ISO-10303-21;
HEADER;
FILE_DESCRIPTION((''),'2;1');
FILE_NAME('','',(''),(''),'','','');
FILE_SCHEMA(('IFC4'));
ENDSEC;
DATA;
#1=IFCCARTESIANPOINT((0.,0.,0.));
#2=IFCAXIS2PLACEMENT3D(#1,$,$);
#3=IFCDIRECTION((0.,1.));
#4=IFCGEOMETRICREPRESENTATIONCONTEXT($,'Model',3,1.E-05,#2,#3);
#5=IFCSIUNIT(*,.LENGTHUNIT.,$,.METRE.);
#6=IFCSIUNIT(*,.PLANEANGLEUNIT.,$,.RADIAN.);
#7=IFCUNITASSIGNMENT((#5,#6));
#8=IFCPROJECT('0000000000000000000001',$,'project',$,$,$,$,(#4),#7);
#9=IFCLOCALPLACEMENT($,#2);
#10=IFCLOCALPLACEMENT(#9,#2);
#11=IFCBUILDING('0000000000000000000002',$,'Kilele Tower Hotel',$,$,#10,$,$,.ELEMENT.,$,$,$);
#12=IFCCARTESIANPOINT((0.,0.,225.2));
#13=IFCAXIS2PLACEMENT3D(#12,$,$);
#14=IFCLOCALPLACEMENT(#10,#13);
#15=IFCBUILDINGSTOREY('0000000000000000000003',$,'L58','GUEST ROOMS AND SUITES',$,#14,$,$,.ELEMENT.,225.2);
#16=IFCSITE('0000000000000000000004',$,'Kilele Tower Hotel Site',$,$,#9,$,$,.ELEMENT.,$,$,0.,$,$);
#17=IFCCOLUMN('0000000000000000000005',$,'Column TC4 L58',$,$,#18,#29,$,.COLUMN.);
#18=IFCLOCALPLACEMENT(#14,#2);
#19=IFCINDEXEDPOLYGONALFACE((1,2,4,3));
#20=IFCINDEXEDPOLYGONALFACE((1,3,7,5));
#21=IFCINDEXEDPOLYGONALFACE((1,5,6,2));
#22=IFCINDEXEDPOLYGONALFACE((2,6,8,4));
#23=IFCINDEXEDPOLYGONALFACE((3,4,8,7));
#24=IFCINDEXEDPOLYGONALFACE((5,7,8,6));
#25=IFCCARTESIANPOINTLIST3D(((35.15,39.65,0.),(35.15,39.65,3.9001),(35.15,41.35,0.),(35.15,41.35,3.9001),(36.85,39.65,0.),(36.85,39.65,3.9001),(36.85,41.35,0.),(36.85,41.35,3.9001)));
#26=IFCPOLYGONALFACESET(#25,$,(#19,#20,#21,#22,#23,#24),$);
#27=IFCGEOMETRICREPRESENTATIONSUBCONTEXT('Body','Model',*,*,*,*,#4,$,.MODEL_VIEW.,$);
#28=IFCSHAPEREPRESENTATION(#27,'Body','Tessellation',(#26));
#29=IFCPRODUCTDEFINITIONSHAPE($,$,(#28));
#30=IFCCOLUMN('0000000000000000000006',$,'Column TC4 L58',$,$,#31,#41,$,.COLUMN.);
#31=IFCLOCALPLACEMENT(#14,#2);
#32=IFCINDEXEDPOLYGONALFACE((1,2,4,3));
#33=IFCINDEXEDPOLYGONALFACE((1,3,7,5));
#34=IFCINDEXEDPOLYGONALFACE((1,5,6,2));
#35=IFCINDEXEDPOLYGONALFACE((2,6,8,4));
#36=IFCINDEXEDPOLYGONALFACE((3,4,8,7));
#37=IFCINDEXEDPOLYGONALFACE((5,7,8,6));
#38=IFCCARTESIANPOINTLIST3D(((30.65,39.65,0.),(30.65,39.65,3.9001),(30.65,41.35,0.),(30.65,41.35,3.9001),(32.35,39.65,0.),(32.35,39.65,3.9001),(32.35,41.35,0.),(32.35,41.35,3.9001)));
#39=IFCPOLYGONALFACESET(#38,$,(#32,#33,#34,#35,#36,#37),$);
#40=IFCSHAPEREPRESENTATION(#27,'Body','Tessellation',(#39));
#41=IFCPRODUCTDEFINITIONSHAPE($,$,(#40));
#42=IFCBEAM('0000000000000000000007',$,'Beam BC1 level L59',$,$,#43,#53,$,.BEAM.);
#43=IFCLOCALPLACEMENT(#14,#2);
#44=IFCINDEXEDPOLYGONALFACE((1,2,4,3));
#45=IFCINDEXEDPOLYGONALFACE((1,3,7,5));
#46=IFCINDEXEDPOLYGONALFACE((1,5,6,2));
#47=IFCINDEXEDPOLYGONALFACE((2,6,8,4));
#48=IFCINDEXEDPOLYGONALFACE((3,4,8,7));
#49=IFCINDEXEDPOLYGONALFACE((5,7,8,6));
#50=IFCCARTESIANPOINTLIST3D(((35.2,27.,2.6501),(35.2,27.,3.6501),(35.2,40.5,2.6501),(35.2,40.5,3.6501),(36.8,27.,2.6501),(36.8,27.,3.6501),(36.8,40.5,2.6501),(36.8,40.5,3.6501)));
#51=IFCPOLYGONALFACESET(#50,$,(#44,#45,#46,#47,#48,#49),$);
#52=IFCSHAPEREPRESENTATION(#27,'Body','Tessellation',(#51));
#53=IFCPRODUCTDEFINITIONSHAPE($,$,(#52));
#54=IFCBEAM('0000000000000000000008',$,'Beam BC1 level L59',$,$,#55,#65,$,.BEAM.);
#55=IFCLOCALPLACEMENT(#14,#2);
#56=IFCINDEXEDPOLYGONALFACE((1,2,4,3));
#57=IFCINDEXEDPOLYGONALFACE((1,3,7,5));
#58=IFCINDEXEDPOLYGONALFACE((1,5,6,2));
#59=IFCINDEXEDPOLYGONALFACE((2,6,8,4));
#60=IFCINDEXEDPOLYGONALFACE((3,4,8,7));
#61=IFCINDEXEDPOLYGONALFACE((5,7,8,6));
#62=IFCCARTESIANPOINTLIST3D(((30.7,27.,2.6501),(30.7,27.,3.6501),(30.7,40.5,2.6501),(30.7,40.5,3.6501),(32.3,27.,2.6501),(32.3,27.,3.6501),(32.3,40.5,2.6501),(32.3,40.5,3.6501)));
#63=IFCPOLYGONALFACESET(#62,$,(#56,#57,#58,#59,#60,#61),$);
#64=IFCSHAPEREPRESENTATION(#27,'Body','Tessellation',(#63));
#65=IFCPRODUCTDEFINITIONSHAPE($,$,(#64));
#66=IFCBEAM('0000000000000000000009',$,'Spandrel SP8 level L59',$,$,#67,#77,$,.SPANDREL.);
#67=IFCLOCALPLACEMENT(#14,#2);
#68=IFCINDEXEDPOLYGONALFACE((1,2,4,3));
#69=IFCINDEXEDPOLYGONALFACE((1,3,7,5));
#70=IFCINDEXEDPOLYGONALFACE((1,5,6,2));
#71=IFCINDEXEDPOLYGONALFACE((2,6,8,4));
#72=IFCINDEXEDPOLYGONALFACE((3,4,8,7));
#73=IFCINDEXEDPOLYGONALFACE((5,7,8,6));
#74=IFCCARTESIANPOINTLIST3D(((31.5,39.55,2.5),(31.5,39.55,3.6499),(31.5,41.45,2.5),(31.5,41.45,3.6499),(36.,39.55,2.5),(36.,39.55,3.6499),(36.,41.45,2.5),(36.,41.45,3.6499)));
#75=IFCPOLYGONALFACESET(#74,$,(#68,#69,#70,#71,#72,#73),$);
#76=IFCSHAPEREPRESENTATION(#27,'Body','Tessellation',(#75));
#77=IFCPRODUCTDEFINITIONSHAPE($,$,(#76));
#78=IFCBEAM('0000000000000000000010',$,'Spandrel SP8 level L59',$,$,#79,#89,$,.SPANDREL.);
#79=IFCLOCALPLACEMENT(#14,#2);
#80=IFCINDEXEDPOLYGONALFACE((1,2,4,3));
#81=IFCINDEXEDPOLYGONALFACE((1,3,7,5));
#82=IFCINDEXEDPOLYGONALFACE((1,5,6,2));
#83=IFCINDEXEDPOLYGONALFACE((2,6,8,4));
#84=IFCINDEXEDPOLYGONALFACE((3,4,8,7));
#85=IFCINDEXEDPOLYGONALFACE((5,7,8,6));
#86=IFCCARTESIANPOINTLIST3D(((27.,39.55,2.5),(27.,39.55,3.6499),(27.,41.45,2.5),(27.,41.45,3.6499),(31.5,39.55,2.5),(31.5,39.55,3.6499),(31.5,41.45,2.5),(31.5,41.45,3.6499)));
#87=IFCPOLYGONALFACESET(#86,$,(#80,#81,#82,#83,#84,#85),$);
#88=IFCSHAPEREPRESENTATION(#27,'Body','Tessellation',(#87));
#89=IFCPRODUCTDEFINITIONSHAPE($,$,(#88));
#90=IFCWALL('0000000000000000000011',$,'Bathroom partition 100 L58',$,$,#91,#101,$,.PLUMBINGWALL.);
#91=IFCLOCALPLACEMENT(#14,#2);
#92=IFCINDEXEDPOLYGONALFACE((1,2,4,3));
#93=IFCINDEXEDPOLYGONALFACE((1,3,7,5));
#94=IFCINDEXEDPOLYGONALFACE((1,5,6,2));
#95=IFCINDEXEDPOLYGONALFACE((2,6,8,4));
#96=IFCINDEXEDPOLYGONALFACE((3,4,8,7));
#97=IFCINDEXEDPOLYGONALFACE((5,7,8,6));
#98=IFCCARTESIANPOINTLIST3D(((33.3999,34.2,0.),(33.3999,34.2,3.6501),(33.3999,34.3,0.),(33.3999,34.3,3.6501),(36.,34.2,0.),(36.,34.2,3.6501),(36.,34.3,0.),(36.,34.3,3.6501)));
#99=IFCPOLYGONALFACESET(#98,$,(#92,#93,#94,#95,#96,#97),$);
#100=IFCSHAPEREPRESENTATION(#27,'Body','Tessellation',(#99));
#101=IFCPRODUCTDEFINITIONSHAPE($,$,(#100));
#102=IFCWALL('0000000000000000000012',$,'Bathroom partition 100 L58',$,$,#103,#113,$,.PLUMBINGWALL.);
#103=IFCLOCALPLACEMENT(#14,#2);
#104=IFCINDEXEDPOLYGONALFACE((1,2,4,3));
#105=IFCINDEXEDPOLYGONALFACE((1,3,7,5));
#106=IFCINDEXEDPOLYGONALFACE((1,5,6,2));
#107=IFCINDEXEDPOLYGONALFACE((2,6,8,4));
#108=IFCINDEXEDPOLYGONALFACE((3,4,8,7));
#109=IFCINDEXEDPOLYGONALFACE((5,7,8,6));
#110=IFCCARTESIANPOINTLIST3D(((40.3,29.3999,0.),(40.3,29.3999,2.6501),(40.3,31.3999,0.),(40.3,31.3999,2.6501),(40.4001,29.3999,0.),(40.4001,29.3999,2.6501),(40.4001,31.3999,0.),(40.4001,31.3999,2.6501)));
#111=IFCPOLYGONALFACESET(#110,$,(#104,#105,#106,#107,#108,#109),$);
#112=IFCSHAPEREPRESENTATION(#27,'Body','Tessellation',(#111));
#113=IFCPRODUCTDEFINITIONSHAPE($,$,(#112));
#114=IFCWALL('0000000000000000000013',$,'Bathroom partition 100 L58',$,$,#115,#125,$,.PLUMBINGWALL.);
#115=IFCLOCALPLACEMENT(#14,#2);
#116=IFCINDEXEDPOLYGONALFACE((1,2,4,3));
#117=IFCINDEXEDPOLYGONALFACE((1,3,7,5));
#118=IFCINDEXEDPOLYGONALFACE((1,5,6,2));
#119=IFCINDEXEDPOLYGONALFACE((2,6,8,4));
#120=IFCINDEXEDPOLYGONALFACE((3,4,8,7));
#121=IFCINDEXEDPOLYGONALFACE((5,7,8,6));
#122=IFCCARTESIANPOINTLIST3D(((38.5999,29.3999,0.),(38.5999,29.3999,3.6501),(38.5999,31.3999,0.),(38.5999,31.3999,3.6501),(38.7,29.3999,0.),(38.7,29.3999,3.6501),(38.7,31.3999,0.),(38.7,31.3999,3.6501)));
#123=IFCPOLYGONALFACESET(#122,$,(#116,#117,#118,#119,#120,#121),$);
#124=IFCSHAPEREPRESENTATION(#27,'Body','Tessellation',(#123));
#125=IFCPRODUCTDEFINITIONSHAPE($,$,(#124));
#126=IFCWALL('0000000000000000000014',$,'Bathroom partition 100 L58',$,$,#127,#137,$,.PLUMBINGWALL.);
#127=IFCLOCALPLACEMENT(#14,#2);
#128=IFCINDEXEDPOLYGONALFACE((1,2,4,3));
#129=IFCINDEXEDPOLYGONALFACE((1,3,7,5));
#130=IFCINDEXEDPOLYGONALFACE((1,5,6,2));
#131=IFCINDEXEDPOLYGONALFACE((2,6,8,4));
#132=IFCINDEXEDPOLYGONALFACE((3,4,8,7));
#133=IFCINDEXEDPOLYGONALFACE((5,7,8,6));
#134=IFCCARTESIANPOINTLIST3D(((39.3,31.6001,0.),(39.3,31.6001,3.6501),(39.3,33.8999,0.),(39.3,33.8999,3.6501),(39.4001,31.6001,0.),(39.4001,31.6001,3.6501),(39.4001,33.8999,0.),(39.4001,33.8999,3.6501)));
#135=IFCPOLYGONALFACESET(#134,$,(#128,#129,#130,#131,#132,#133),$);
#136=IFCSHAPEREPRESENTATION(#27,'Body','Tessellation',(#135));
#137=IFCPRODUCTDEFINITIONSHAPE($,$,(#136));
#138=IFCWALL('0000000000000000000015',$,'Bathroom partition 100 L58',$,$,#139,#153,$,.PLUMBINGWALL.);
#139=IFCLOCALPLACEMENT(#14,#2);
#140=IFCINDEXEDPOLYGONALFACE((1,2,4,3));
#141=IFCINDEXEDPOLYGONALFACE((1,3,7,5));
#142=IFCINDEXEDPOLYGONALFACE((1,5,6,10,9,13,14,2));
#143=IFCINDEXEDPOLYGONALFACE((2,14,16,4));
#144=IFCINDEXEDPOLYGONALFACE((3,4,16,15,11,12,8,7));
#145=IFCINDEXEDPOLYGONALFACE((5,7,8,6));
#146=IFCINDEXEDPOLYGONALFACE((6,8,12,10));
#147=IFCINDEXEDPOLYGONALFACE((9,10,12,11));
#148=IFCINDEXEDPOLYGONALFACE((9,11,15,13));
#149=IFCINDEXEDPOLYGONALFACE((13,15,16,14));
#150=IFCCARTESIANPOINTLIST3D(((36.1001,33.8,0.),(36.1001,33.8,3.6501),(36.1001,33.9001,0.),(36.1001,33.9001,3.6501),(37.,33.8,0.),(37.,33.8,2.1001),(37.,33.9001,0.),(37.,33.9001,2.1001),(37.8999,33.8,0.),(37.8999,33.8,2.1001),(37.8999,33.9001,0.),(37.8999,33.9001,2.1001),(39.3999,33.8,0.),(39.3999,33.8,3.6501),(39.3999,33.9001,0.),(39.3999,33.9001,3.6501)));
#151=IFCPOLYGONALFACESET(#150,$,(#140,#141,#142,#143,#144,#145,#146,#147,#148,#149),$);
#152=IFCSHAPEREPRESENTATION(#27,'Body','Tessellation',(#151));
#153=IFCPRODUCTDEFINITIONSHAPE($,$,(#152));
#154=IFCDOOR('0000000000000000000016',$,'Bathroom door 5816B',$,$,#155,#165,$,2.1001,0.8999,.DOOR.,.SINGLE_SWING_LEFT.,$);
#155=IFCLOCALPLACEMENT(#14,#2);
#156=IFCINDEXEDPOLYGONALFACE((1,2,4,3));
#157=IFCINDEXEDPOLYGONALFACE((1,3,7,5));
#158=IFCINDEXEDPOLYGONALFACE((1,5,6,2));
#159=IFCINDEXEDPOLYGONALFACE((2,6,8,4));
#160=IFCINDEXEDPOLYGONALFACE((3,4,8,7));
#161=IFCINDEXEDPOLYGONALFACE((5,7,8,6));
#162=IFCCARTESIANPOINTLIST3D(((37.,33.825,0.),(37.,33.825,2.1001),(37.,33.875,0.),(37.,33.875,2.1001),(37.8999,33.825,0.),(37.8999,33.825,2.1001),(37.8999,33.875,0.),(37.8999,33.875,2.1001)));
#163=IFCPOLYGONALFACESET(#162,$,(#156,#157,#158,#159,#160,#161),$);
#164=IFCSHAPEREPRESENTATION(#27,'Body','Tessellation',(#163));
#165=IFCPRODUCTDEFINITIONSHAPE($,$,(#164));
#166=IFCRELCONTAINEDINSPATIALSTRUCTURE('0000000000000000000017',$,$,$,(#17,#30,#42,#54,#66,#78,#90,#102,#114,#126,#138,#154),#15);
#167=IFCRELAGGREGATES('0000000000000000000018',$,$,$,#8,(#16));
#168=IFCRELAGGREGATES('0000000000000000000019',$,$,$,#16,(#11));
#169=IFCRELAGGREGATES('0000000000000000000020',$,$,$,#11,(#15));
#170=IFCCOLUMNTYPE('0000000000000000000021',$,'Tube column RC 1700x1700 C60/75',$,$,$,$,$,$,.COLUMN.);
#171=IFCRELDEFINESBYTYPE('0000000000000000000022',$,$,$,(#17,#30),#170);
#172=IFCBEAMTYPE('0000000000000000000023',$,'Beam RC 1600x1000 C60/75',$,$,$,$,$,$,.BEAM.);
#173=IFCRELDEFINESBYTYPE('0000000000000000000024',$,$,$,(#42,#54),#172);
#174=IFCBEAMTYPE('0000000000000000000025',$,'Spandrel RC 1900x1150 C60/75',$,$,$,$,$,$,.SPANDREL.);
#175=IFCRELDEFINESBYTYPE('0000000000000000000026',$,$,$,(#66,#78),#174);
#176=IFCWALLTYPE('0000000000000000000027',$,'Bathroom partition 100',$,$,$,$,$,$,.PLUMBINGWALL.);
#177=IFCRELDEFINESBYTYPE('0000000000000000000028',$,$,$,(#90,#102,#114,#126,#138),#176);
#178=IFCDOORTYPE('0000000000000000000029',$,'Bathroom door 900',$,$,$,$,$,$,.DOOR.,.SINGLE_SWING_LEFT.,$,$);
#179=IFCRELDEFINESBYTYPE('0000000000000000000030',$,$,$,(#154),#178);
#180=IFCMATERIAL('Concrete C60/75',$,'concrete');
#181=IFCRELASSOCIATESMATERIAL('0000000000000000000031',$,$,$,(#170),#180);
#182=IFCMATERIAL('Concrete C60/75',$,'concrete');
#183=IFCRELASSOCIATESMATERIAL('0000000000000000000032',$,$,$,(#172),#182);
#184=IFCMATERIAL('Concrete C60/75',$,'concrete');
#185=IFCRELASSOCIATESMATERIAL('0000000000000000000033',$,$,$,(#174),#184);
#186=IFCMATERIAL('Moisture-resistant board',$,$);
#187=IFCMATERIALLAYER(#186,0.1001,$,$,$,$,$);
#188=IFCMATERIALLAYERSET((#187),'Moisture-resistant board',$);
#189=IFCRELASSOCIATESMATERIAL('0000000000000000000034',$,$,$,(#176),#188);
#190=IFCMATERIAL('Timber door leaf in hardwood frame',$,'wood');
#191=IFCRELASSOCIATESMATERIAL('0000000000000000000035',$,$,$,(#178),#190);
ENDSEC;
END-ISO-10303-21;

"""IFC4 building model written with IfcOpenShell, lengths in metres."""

from ifc_helpers import new_model, si_unit, direction, frame, frame_2d, origin, origin_2d, place, context, subcontext, project, spatial, rectangle, extrude, material, layer, layer_set, material_profile, profile_set, type_object, element, fill, save


model = new_model("IFC4")

# Units and contexts
model_context = context("Model", 3, precision=1e-05, world=origin(), true_north=direction((0.0, 1.0)))
body_context = subcontext(model_context, "Body", "Model", "MODEL_VIEW")
ifc_project = project(units=[si_unit("LENGTHUNIT", "METRE"), si_unit("PLANEANGLEUNIT", "RADIAN")], contexts=[model_context])

# Site, building, storey
site_placement = place(None, origin())
site = spatial("IfcSite", under=ifc_project, at=site_placement, Name="Kilele Tower Hotel Site", CompositionType="ELEMENT", RefElevation=0.0)
building_placement = place(site_placement, origin())
building = spatial("IfcBuilding", under=site, at=building_placement, Name="Kilele Tower Hotel", CompositionType="ELEMENT")
storey_placement = place(building_placement, frame((0.0, 0.0, 225.2)))
storey = spatial("IfcBuildingStorey", under=building, at=storey_placement, Name="L58", Description="GUEST ROOMS AND SUITES", CompositionType="ELEMENT", Elevation=225.2)

# Columns
ifc_material_1 = material(Name="Concrete C60/75", Category="concrete")
ifc_material_profile_1 = material_profile(ifc_material_1, rectangle(XDim=1.7, YDim=1.7, at=origin_2d()))
ifc_profile_set_1 = profile_set([ifc_material_profile_1], Name="Concrete C60/75")
column_type = type_object("IfcColumnType", Name="Tube column RC 1700x1700 C60/75", PredefinedType="COLUMN", material=ifc_profile_set_1)
for number, where, z_axis, x_axis, name in (
    (1, (36.0, 40.5, 0.0), (0.0, 0.0, 1.0), (1.0, 0.0, 0.0), "Column TC4 L58"),
    (2, (31.5, 40.5, 0.0), (0.0, 0.0, 1.0), (1.0, 0.0, 0.0), "Column TC4 L58"),
):
    element("IfcColumn", number, at=place(storey_placement, frame(where, z_axis=z_axis, x_axis=x_axis)), inside=storey, type_object=column_type, Name=name, PredefinedType="COLUMN", context=body_context, shape_type="SweptSolid", body=[
        extrude(rectangle(XDim=1.7, YDim=1.7, at=origin_2d()), origin(), (0.0, 0.0, 1.0), 3.9001),
    ])

# Beams
ifc_material_2 = material(Name="Concrete C60/75", Category="concrete")
ifc_material_profile_2 = material_profile(ifc_material_2, rectangle(XDim=1.6001, YDim=1.0, at=origin_2d()))
ifc_profile_set_2 = profile_set([ifc_material_profile_2], Name="Concrete C60/75")
beam_type_1 = type_object("IfcBeamType", Name="Beam RC 1600x1000 C60/75", PredefinedType="BEAM", material=ifc_profile_set_2)
for number, where, z_axis, x_axis, name in (
    (3, (36.0, 40.5, 3.1501), (0.0, -1.0, 0.0), (1.0, 0.0, 0.0), "Beam BC1 level L59"),
    (4, (31.5, 40.5, 3.1501), (0.0, -1.0, 0.0), (1.0, 0.0, 0.0), "Beam BC1 level L59"),
):
    element("IfcBeam", number, at=place(storey_placement, frame(where, z_axis=z_axis, x_axis=x_axis)), inside=storey, type_object=beam_type_1, Name=name, PredefinedType="BEAM", context=body_context, shape_type="SweptSolid", body=[
        extrude(rectangle(XDim=1.6001, YDim=1.0, at=origin_2d()), origin(), (0.0, 0.0, 1.0), 13.5),
    ])
ifc_material_3 = material(Name="Concrete C60/75", Category="concrete")
ifc_material_profile_3 = material_profile(ifc_material_3, rectangle(XDim=1.8999, YDim=1.1499, at=origin_2d()))
ifc_profile_set_3 = profile_set([ifc_material_profile_3], Name="Concrete C60/75")
beam_type_2 = type_object("IfcBeamType", Name="Spandrel RC 1900x1150 C60/75", PredefinedType="SPANDREL", material=ifc_profile_set_3)
for number, where, z_axis, x_axis, name in (
    (5, (36.0, 40.5, 3.075), (-1.0, 0.0, 0.0), (0.0, -1.0, 0.0), "Spandrel SP8 level L59"),
    (6, (31.5, 40.5, 3.075), (-1.0, 0.0, 0.0), (0.0, -1.0, 0.0), "Spandrel SP8 level L59"),
):
    element("IfcBeam", number, at=place(storey_placement, frame(where, z_axis=z_axis, x_axis=x_axis)), inside=storey, type_object=beam_type_2, Name=name, PredefinedType="SPANDREL", context=body_context, shape_type="SweptSolid", body=[
        extrude(rectangle(XDim=1.8999, YDim=1.1499, at=origin_2d()), origin(), (0.0, 0.0, 1.0), 4.5),
    ])

# Walls
ifc_material_4 = material(Name="Moisture-resistant board")
ifc_layer_1 = layer(ifc_material_4, 0.1001)
ifc_layer_set_1 = layer_set([ifc_layer_1], Name="Moisture-resistant board")
wall_type_1 = type_object("IfcWallType", Name="Bathroom partition 100", PredefinedType="PLUMBINGWALL", material=ifc_layer_set_1)
wall_1_placement = place(storey_placement, frame((33.3999, 34.25, 0.0), z_axis=(0.0, 0.0, 1.0), x_axis=(1.0, 0.0, 0.0)))
element("IfcWall", 7, at=wall_1_placement, inside=storey, type_object=wall_type_1, Name="Bathroom partition 100 L58", PredefinedType="PLUMBINGWALL", context=body_context, shape_type="SweptSolid", body=[
    extrude(rectangle(XDim=2.6001, YDim=0.1001, at=frame_2d((1.3, 0.0))), origin(), (0.0, 0.0, 1.0), 3.6501),
])
wall_2_placement = place(storey_placement, frame((40.3501, 31.3999, 0.0), z_axis=(0.0, 0.0, 1.0), x_axis=(0.0, -1.0, 0.0)))
element("IfcWall", 8, at=wall_2_placement, inside=storey, type_object=wall_type_1, Name="Bathroom partition 100 L58", PredefinedType="PLUMBINGWALL", context=body_context, shape_type="SweptSolid", body=[
    extrude(rectangle(XDim=2.0, YDim=0.1001, at=frame_2d((1.0, 0.0))), origin(), (0.0, 0.0, 1.0), 2.6501),
])
wall_3_placement = place(storey_placement, frame((38.6499, 31.3999, 0.0), z_axis=(0.0, 0.0, 1.0), x_axis=(0.0, -1.0, 0.0)))
element("IfcWall", 9, at=wall_3_placement, inside=storey, type_object=wall_type_1, Name="Bathroom partition 100 L58", PredefinedType="PLUMBINGWALL", context=body_context, shape_type="SweptSolid", body=[
    extrude(rectangle(XDim=2.0, YDim=0.1001, at=frame_2d((1.0, 0.0))), origin(), (0.0, 0.0, 1.0), 3.6501),
])
wall_4_placement = place(storey_placement, frame((39.3501, 31.6001, 0.0), z_axis=(0.0, 0.0, 1.0), x_axis=(0.0, 1.0, 0.0)))
element("IfcWall", 10, at=wall_4_placement, inside=storey, type_object=wall_type_1, Name="Bathroom partition 100 L58", PredefinedType="PLUMBINGWALL", context=body_context, shape_type="SweptSolid", body=[
    extrude(rectangle(XDim=2.2998, YDim=0.1001, at=frame_2d((1.1499, 0.0))), origin(), (0.0, 0.0, 1.0), 3.6501),
])

# Wall, opening, door
wall_5_placement = place(storey_placement, frame((36.1001, 33.8501, 0.0), z_axis=(0.0, 0.0, 1.0), x_axis=(1.0, 0.0, 0.0)))
wall_5 = element("IfcWall", 11, at=wall_5_placement, inside=storey, type_object=wall_type_1, Name="Bathroom partition 100 L58", PredefinedType="PLUMBINGWALL", context=body_context, shape_type="SweptSolid", body=[
    extrude(rectangle(XDim=3.2998, YDim=0.1001, at=frame_2d((1.6499, 0.0))), origin(), (0.0, 0.0, 1.0), 3.6501),
])
opening_1_placement = place(wall_5_placement, frame((0.8999, 0.0, 0.0)))
opening_1 = element("IfcOpeningElement", 12, at=opening_1_placement, cuts=wall_5, PredefinedType="OPENING", context=body_context, shape_type="SweptSolid", body=[
    extrude(rectangle(XDim=0.8999, YDim=2.1001, at=frame_2d((0.45, 1.05))), frame((0.0, 0.0601, 0.0), z_axis=(0.0, -1.0, 0.0), x_axis=(1.0, 0.0, 0.0)), (0.0, 0.0, 1.0), 0.1201),
])
ifc_material_5 = material(Name="Timber door leaf in hardwood frame", Category="wood")
door_type_1 = type_object("IfcDoorType", Name="Bathroom door 900", OperationType="SINGLE_SWING_LEFT", PredefinedType="DOOR", material=ifc_material_5)
door_1_placement = place(opening_1_placement, origin())
door_1 = element("IfcDoor", 13, at=door_1_placement, inside=storey, type_object=door_type_1, Name="Bathroom door 5816B", OperationType="SINGLE_SWING_LEFT", OverallHeight=2.1001, OverallWidth=0.8999, PredefinedType="DOOR", context=body_context, shape_type="SweptSolid", body=[
    extrude(rectangle(XDim=0.8999, YDim=2.1001, at=frame_2d((0.45, 1.05))), frame((0.0, 0.0249, 0.0), z_axis=(0.0, -1.0, 0.0), x_axis=(1.0, 0.0, 0.0)), (0.0, 0.0, 1.0), 0.05),
])
fill(opening_1, door_1)

save(model, "model.ifc")
